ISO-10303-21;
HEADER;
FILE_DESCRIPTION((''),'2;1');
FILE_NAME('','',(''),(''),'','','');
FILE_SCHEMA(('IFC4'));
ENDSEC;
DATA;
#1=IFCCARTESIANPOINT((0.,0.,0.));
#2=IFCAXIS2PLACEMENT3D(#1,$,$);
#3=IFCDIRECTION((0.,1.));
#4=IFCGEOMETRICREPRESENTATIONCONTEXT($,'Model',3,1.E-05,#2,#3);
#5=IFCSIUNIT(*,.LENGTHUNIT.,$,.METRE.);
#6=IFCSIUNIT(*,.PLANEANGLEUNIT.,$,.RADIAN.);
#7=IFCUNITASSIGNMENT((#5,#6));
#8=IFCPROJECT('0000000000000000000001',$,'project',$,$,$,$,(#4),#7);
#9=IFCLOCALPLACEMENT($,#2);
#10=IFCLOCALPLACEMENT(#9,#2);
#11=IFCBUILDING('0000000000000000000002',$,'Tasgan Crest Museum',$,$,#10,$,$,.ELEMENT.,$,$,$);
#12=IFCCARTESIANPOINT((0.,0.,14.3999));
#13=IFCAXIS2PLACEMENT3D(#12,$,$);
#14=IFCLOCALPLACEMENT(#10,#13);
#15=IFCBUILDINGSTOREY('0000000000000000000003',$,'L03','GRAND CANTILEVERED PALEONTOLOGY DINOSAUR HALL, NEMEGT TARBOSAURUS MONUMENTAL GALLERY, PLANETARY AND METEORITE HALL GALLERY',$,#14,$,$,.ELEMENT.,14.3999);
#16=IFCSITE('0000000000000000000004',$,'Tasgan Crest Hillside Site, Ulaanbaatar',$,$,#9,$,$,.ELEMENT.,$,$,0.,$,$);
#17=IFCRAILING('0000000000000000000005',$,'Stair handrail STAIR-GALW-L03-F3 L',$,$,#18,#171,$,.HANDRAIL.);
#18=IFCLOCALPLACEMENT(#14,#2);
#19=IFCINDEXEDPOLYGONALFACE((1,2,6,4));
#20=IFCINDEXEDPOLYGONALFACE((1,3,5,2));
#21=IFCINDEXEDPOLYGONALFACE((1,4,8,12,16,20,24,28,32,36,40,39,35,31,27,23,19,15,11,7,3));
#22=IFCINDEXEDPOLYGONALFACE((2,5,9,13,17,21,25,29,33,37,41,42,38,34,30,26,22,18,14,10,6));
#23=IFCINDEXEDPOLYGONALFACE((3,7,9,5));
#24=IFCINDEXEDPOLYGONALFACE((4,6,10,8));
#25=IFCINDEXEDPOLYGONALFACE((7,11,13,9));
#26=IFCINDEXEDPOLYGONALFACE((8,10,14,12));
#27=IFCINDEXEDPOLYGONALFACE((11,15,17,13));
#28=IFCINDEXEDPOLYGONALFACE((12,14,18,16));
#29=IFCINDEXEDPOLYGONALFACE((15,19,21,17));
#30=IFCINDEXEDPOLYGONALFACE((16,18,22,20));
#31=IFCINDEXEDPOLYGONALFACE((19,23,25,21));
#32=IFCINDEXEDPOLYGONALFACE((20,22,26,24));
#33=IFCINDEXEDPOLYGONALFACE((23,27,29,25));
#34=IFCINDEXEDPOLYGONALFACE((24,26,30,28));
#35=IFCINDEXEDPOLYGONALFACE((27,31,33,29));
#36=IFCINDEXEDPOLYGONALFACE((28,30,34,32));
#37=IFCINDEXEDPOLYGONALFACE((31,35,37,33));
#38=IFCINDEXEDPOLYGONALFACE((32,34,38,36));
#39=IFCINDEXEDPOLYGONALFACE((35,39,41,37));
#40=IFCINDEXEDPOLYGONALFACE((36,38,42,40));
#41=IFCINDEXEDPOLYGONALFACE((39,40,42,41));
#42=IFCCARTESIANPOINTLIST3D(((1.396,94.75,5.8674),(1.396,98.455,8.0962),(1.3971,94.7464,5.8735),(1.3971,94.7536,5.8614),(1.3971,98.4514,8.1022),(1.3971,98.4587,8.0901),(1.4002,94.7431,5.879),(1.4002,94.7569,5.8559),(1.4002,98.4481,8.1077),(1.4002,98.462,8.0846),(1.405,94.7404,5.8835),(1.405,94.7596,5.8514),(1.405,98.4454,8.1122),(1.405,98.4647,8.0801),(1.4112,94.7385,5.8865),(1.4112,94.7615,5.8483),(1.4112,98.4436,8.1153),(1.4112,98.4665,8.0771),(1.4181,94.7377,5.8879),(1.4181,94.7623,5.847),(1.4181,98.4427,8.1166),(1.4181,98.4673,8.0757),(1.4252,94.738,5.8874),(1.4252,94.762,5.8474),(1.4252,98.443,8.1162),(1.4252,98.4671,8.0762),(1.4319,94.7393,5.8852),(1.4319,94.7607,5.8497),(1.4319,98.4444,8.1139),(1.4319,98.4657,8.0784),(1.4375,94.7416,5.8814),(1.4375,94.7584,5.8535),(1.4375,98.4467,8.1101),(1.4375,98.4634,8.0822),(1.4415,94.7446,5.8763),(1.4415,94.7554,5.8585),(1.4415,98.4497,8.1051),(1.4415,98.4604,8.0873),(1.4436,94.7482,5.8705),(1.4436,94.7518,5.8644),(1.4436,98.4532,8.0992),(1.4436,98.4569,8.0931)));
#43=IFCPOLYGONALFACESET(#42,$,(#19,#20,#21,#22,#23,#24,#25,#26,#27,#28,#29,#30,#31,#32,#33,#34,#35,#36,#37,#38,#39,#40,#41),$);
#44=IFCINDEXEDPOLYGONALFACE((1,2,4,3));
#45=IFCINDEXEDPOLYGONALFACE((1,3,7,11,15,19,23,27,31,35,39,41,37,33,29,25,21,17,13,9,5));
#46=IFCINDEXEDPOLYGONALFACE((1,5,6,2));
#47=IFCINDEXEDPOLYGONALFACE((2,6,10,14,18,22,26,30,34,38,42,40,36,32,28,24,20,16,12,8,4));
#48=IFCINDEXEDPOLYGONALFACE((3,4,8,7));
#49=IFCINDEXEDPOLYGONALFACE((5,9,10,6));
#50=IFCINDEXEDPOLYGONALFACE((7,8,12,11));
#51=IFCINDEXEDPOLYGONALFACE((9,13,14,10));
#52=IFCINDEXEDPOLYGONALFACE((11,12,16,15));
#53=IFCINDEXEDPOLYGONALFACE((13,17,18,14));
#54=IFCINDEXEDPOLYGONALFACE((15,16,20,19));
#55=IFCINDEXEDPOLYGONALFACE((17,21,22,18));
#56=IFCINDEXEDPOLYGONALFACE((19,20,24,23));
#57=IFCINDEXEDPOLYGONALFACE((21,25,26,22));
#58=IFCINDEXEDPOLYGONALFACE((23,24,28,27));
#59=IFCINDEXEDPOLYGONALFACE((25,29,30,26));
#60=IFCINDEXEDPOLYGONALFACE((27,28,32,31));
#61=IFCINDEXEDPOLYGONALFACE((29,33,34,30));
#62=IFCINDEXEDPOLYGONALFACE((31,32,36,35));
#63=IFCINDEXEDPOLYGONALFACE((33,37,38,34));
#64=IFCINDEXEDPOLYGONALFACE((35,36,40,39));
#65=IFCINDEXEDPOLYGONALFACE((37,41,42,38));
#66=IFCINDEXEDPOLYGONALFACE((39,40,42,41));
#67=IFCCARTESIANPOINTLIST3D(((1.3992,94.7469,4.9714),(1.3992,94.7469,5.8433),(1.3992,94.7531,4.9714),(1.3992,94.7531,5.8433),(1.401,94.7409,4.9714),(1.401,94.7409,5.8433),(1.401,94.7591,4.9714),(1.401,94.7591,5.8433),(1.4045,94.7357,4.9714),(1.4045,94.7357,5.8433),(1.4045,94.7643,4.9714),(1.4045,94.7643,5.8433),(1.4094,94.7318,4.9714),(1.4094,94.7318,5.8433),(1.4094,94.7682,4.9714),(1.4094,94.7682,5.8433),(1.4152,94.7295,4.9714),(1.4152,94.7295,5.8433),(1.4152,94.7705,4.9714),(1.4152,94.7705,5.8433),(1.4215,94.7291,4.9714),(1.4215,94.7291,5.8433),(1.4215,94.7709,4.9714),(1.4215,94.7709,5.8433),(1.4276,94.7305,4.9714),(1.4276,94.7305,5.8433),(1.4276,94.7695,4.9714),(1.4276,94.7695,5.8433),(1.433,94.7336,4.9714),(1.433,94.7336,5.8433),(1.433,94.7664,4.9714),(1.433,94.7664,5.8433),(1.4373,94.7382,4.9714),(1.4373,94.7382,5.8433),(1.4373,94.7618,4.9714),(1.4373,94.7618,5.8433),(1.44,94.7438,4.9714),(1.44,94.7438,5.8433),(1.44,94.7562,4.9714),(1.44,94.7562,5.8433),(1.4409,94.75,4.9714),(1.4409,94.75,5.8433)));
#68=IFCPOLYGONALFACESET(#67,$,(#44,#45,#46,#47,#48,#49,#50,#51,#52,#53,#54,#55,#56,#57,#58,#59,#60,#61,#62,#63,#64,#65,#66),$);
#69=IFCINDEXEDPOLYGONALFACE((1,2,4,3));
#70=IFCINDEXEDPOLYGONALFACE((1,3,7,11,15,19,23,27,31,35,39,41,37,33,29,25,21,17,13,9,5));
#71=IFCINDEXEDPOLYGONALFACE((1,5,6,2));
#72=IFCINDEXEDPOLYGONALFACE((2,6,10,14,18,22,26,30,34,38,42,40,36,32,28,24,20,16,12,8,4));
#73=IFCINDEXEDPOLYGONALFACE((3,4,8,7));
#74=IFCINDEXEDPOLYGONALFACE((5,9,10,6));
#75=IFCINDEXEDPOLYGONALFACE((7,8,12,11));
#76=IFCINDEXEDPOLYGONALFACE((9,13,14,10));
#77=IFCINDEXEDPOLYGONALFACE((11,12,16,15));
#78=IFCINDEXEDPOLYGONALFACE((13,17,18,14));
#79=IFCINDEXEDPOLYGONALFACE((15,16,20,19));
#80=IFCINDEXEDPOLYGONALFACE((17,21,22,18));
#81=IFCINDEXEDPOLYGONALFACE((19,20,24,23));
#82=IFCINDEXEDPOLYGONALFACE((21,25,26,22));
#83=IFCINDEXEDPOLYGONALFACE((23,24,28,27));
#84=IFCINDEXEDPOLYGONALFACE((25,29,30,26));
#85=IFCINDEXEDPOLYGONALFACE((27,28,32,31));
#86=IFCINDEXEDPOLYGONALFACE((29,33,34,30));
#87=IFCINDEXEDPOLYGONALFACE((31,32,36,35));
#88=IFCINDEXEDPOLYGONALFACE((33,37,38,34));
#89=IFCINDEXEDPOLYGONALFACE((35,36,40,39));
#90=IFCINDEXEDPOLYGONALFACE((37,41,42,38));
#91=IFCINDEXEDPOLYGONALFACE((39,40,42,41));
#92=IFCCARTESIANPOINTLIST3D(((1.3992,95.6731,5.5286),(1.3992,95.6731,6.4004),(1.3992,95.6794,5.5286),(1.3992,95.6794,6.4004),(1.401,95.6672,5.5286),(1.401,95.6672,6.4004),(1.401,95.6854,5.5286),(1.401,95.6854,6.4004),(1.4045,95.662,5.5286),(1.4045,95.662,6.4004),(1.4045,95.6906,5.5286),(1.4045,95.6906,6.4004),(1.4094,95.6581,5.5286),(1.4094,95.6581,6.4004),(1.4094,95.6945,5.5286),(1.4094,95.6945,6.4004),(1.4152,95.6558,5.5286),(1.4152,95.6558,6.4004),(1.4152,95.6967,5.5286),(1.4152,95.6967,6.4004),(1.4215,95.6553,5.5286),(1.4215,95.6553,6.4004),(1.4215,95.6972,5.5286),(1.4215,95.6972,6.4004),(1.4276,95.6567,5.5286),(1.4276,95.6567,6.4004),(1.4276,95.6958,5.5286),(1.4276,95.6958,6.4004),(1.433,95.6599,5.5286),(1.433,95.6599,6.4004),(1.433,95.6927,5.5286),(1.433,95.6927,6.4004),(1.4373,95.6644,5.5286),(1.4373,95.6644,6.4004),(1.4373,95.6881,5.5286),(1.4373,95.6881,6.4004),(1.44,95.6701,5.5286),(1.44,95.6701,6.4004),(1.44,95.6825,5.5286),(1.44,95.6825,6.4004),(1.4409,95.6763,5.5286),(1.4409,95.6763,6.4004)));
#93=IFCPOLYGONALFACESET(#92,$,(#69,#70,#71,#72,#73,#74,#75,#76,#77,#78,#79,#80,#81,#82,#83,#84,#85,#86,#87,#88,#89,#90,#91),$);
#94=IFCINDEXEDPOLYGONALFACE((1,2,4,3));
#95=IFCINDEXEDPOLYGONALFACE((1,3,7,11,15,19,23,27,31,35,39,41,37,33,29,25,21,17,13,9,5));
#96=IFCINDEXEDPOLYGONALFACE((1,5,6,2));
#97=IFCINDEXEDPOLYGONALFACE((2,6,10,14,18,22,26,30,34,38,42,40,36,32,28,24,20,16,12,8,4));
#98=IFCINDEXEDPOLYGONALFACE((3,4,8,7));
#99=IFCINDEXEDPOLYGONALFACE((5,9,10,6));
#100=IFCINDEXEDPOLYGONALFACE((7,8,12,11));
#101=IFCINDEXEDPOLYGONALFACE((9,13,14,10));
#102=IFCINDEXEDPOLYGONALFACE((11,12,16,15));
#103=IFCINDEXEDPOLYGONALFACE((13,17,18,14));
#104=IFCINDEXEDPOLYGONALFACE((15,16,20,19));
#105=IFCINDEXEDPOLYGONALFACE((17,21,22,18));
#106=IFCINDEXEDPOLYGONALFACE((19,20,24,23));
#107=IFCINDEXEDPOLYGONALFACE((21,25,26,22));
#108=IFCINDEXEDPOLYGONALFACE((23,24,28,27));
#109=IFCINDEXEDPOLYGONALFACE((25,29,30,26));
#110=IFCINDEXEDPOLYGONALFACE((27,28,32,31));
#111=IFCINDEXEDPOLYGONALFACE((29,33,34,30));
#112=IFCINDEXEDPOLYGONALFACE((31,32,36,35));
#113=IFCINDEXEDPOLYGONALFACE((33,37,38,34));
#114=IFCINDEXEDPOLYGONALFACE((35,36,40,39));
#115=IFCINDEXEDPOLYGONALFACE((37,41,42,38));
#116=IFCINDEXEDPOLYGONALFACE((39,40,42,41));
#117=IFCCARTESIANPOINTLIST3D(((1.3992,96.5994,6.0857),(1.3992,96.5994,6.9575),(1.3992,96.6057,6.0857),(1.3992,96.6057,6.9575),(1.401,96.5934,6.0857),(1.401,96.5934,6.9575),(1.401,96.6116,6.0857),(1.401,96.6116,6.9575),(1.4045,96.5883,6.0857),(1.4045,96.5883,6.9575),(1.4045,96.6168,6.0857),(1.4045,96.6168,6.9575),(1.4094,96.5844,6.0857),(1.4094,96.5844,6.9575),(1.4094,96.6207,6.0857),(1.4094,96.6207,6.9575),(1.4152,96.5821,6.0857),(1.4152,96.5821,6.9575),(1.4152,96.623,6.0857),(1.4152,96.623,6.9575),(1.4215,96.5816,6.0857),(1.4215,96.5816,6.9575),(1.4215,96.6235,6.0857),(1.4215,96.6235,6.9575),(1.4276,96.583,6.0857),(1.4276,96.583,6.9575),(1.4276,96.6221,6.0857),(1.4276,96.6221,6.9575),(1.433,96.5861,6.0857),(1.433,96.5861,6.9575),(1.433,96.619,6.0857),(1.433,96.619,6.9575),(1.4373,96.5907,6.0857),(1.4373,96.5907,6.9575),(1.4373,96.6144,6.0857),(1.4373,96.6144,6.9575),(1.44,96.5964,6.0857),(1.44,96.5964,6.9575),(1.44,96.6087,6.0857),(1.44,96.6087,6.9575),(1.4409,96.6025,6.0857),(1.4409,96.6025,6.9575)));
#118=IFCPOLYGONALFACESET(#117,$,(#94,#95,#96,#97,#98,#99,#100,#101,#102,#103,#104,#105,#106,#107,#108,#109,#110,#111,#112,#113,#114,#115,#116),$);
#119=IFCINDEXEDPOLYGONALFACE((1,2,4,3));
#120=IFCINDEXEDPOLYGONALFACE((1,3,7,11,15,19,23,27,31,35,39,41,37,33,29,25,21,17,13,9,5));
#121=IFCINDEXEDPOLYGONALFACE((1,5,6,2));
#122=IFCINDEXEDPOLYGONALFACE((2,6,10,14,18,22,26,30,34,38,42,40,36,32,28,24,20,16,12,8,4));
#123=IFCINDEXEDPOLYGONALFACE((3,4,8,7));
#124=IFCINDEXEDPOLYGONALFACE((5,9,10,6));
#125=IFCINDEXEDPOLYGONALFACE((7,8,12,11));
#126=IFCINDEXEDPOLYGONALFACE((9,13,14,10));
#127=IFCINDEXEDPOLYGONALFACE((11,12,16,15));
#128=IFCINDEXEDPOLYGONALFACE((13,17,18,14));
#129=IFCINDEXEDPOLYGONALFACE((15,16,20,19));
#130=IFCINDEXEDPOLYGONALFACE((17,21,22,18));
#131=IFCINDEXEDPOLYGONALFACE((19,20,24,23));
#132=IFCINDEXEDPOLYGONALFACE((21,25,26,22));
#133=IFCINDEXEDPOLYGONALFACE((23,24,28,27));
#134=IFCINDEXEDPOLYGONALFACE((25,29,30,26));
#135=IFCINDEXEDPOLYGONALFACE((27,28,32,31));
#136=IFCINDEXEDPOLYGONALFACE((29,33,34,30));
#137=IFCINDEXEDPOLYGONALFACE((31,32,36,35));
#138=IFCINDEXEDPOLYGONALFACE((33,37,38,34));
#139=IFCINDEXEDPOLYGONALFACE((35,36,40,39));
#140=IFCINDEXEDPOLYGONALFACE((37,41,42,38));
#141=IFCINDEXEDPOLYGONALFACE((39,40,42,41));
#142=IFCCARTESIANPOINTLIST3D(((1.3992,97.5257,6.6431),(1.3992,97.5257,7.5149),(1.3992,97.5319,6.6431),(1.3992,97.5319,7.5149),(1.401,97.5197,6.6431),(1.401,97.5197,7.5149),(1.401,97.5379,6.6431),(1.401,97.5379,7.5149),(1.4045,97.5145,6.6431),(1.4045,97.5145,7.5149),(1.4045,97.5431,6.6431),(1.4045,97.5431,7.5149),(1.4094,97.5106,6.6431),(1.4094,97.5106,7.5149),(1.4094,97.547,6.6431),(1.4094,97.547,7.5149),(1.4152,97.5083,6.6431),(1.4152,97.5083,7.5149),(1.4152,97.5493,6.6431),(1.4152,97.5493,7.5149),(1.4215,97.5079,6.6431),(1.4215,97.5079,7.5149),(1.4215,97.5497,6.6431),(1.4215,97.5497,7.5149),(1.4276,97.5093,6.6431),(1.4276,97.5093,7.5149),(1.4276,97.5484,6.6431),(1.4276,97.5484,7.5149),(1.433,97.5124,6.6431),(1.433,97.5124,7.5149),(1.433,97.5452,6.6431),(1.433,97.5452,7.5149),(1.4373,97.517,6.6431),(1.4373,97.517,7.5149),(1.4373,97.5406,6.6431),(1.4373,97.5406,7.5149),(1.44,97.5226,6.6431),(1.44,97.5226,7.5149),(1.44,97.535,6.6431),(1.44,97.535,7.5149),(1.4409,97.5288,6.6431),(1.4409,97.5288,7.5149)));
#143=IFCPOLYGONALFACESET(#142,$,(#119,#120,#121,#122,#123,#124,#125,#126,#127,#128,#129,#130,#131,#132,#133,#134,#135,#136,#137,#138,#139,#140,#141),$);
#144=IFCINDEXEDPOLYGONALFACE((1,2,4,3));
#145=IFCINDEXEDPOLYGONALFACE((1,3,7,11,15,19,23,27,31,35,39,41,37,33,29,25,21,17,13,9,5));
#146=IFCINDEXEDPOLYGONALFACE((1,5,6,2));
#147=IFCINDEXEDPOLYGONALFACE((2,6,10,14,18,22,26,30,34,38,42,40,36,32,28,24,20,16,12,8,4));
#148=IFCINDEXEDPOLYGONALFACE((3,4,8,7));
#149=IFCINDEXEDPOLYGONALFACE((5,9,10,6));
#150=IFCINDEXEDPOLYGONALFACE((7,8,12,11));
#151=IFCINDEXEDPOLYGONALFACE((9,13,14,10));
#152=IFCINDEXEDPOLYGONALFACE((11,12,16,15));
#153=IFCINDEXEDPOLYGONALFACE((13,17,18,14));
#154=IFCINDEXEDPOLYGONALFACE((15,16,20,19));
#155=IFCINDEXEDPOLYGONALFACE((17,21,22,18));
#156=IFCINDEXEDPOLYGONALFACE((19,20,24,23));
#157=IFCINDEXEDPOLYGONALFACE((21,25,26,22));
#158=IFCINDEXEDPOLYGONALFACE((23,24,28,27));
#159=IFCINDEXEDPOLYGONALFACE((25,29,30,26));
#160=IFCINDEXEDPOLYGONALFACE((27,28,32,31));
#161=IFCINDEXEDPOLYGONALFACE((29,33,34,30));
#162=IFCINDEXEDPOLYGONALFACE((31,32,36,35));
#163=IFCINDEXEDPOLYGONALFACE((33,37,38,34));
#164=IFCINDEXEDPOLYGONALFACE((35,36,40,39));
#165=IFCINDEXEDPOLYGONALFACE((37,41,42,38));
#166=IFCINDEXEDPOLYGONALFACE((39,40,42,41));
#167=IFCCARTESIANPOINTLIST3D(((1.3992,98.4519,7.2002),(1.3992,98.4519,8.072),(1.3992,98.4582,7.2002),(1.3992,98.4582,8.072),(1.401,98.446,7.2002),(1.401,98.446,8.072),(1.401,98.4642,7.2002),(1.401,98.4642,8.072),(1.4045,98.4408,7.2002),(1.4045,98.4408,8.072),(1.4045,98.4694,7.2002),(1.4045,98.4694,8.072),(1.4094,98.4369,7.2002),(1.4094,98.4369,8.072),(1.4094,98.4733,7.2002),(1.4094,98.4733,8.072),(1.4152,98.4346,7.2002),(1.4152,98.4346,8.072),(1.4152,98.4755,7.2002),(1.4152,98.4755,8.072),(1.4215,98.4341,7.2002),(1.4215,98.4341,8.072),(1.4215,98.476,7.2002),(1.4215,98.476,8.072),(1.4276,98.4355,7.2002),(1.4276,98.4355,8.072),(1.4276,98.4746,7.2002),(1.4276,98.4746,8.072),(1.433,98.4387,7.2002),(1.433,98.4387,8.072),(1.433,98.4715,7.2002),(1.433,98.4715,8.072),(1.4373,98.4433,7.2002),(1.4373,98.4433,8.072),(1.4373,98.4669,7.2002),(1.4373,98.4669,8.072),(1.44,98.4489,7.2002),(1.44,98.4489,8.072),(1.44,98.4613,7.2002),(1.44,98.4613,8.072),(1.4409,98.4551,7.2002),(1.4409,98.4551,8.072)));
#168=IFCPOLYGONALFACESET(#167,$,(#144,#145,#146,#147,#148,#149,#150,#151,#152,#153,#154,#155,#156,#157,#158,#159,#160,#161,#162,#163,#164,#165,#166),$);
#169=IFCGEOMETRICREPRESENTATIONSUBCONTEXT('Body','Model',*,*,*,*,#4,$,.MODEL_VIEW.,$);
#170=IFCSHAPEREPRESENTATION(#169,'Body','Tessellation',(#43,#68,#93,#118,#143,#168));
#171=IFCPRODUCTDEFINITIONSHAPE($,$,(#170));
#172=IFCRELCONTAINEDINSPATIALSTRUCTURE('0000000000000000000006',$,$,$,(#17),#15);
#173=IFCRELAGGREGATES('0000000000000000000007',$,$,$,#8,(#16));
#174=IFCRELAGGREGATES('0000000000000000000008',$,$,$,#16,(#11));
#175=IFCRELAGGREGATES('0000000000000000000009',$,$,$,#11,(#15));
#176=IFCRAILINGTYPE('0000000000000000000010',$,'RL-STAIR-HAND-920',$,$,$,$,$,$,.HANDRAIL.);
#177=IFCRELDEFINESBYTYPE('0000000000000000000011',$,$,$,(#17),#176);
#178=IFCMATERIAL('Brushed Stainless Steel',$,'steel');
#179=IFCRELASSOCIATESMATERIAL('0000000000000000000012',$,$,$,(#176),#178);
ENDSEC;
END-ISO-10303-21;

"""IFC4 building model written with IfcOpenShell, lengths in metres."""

from ifc_helpers import new_model, si_unit, direction, frame, origin, origin_2d, place, context, subcontext, project, spatial, circle, extrude, material, type_object, element, save


model = new_model("IFC4")

# Units and contexts
model_context = context("Model", 3, precision=1e-05, world=origin(), true_north=direction((0.0, 1.0)))
body_context = subcontext(model_context, "Body", "Model", "MODEL_VIEW")
ifc_project = project(units=[si_unit("LENGTHUNIT", "METRE"), si_unit("PLANEANGLEUNIT", "RADIAN")], contexts=[model_context])

# Site, building, storey
site_placement = place(None, origin())
site = spatial("IfcSite", under=ifc_project, at=site_placement, Name="Tasgan Crest Hillside Site, Ulaanbaatar", CompositionType="ELEMENT", RefElevation=0.0)
building_placement = place(site_placement, origin())
building = spatial("IfcBuilding", under=site, at=building_placement, Name="Tasgan Crest Museum", CompositionType="ELEMENT")
storey_placement = place(building_placement, frame((0.0, 0.0, 14.3999)))
storey = spatial("IfcBuildingStorey", under=building, at=storey_placement, Name="L03", Description="GRAND CANTILEVERED PALEONTOLOGY DINOSAUR HALL, NEMEGT TARBOSAURUS MONUMENTAL GALLERY, PLANETARY AND METEORITE HALL GALLERY", CompositionType="ELEMENT", Elevation=14.3999)

# Railing
ifc_material_1 = material(Name="Brushed Stainless Steel", Category="steel")
railing_type_1 = type_object("IfcRailingType", Name="RL-STAIR-HAND-920", PredefinedType="HANDRAIL", material=ifc_material_1)
for number, where, name in (
    (1, (1.4199, 94.75, 4.9714), "Stair handrail STAIR-GALW-L03-F3 L"),
):
    element("IfcRailing", number, at=place(storey_placement, frame(where)), inside=storey, type_object=railing_type_1, Name=name, PredefinedType="HANDRAIL", context=body_context, shape_type="SweptSolid", body=[
        extrude(circle(Radius=0.0239, at=origin_2d()), frame((0.0, 0.0, 0.896), z_axis=(0.0, 0.856909, 0.515467), x_axis=(-1.0, 0.0, 0.0)), (0.0, 0.0, 1.0), 4.3237),
        extrude(circle(Radius=0.021, at=origin_2d()), origin(), (0.0, 0.0, 1.0), 0.8718),
        extrude(circle(Radius=0.021, at=origin_2d()), frame((0.0, 0.9263, 0.5571)), (0.0, 0.0, 1.0), 0.8718),
        extrude(circle(Radius=0.021, at=origin_2d()), frame((0.0, 1.8525, 1.1143)), (0.0, 0.0, 1.0), 0.8718),
        extrude(circle(Radius=0.021, at=origin_2d()), frame((0.0, 2.7788, 1.6716)), (0.0, 0.0, 1.0), 0.8718),
        extrude(circle(Radius=0.021, at=origin_2d()), frame((0.0, 3.7051, 2.2288)), (0.0, 0.0, 1.0), 0.8718),
    ])

save(model, "model.ifc")
